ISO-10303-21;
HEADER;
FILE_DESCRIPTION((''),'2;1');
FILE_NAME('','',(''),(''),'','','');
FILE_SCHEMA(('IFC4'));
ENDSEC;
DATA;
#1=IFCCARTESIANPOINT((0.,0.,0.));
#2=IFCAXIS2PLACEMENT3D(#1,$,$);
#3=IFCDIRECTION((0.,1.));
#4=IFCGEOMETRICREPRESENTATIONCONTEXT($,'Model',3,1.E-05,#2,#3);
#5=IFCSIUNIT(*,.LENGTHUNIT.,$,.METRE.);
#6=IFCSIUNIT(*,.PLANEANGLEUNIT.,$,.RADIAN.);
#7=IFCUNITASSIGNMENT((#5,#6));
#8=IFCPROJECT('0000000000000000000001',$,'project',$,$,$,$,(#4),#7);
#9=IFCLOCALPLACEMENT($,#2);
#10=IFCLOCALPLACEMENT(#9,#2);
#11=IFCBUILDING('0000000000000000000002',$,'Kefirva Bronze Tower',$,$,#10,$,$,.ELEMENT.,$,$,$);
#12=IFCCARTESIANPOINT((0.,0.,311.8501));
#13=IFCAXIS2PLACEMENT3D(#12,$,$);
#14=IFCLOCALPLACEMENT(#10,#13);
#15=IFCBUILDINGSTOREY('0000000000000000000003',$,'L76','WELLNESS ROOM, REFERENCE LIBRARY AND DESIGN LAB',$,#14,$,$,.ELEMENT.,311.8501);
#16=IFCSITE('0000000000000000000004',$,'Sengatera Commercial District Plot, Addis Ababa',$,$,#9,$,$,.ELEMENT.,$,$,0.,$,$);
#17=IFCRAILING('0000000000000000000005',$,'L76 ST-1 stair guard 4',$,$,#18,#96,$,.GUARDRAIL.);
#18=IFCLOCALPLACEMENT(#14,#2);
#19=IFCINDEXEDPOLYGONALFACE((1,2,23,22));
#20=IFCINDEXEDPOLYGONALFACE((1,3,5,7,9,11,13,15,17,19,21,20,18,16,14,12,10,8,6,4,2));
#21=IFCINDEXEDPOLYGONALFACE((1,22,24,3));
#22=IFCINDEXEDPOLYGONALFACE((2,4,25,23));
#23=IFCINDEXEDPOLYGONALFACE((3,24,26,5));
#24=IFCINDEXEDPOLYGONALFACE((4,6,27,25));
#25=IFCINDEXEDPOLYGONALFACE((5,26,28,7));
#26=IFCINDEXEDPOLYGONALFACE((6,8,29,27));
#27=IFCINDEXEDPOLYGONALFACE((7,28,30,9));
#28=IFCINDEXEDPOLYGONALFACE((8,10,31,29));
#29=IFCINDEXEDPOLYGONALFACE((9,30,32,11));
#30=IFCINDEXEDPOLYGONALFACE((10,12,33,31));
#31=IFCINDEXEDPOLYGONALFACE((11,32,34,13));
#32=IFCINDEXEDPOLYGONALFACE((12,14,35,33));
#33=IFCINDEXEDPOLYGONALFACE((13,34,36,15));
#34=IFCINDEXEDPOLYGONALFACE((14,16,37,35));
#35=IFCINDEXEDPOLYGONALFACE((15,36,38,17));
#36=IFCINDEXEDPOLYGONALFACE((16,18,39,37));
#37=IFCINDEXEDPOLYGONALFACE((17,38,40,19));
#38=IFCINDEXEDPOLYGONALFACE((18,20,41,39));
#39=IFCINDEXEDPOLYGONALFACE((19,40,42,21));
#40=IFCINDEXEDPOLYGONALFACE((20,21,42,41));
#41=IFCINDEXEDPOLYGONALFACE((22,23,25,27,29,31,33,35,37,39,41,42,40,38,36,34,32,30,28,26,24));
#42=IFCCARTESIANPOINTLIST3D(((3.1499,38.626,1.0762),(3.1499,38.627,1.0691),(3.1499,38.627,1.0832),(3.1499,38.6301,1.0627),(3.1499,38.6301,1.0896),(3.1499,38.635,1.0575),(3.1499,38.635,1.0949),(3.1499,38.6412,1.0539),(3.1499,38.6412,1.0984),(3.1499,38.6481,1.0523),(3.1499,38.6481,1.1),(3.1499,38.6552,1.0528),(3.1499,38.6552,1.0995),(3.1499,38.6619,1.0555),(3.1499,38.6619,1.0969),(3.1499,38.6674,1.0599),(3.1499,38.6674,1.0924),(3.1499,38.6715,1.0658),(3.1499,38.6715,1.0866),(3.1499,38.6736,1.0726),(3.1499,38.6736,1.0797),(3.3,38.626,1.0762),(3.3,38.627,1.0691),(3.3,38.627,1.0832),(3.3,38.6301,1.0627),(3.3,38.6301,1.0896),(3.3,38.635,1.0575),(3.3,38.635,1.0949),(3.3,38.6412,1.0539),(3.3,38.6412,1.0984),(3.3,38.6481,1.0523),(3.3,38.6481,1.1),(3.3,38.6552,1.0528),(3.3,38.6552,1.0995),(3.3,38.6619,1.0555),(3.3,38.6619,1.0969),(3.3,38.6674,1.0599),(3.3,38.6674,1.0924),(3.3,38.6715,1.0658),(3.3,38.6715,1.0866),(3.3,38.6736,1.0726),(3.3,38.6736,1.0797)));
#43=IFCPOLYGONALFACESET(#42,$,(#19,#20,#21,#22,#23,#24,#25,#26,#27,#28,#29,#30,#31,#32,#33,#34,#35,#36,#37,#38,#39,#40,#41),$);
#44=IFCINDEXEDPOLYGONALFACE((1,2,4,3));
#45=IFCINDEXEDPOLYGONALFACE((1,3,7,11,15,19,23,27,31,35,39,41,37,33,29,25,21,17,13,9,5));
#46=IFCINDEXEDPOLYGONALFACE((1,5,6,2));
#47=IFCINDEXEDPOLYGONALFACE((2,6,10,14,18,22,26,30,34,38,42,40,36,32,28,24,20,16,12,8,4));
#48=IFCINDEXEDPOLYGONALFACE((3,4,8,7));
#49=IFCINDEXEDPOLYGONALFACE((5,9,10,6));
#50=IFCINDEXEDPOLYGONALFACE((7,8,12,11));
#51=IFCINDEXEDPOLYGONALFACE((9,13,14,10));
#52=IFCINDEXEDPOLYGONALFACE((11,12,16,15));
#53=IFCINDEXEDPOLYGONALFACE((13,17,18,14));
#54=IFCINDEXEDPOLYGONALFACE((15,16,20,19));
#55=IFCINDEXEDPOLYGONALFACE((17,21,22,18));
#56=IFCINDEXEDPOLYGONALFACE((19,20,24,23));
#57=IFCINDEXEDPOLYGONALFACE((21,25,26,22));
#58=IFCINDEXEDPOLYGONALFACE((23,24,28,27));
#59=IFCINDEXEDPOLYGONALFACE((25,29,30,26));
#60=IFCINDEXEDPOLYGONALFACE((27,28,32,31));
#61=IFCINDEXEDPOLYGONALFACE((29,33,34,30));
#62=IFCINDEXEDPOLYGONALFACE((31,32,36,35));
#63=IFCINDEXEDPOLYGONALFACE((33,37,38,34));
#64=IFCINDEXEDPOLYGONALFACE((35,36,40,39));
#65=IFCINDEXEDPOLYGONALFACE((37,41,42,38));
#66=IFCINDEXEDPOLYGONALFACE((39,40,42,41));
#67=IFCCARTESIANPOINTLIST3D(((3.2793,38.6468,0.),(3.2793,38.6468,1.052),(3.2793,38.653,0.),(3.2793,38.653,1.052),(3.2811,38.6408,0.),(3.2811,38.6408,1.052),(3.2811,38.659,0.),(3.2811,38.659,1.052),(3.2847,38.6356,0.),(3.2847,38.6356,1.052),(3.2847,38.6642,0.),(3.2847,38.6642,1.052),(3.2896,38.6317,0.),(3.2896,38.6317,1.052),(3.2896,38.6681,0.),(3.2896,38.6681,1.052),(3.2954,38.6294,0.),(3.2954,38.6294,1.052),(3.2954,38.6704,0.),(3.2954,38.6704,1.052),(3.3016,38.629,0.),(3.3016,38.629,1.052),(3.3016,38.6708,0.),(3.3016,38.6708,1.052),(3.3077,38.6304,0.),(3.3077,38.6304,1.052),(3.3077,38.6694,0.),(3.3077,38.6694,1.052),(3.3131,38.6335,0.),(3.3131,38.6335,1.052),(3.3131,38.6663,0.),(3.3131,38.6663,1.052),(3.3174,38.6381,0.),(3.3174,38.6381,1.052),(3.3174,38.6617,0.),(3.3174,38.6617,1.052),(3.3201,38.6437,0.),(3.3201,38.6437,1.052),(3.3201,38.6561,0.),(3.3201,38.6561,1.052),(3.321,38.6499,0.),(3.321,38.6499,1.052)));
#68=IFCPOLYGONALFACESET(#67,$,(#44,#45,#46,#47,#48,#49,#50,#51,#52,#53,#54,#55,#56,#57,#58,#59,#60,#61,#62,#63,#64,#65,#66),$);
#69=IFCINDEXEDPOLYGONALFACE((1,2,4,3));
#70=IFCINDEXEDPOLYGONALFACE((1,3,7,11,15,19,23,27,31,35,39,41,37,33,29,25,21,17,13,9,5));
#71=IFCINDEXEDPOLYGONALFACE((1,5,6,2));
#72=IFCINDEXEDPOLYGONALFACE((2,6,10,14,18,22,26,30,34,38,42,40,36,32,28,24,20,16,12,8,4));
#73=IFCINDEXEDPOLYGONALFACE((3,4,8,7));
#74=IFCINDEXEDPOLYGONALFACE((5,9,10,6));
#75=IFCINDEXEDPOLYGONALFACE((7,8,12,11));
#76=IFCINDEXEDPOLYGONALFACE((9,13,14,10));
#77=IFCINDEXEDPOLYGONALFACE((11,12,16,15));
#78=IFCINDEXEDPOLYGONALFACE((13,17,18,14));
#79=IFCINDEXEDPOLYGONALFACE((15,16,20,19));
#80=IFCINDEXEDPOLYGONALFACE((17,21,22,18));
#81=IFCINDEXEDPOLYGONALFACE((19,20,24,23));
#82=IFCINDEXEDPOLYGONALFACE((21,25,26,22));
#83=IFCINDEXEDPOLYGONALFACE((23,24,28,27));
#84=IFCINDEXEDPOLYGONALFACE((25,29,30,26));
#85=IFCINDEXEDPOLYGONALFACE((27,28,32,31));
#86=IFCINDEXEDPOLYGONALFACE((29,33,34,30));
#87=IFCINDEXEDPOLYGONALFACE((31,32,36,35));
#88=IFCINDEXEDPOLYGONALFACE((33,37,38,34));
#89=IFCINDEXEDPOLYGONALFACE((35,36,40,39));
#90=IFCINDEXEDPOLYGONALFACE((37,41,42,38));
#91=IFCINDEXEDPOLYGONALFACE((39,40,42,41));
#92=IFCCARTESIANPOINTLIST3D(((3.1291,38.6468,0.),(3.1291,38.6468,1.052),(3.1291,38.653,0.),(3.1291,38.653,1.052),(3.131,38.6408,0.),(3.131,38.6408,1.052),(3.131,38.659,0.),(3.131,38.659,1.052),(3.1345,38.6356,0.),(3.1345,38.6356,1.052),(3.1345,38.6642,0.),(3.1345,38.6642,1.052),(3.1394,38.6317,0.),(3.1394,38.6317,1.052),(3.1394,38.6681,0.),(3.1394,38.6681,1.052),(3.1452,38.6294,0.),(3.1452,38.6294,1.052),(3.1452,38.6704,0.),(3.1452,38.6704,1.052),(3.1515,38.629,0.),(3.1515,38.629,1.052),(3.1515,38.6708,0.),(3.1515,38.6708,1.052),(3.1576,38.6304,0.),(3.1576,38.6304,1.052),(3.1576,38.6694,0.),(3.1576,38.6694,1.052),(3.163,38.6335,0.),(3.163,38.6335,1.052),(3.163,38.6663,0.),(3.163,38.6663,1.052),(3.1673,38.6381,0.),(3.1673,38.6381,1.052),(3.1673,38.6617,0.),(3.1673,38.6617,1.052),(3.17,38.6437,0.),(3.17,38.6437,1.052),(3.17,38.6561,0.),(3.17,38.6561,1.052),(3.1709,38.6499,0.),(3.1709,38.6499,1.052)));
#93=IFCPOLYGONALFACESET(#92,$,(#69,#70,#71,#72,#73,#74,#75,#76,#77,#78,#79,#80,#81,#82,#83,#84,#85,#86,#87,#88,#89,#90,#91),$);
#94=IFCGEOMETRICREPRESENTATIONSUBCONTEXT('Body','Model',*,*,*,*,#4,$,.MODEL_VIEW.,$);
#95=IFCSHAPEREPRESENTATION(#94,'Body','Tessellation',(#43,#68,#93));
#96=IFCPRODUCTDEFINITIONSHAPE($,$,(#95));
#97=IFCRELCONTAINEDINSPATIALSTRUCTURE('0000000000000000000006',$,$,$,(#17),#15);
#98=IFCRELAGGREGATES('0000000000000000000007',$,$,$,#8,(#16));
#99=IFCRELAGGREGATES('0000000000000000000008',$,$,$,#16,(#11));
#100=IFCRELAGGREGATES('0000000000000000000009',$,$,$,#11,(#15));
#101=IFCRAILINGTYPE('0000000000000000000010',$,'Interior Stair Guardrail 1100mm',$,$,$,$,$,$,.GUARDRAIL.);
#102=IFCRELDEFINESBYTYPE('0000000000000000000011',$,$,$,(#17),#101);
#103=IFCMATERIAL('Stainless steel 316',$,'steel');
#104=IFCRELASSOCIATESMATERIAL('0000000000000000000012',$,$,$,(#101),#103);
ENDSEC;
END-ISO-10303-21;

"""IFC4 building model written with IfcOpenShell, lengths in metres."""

from ifc_helpers import new_model, si_unit, direction, frame, origin, origin_2d, place, context, subcontext, project, spatial, circle, extrude, material, type_object, element, save


model = new_model("IFC4")

# Units and contexts
model_context = context("Model", 3, precision=1e-05, world=origin(), true_north=direction((0.0, 1.0)))
body_context = subcontext(model_context, "Body", "Model", "MODEL_VIEW")
ifc_project = project(units=[si_unit("LENGTHUNIT", "METRE"), si_unit("PLANEANGLEUNIT", "RADIAN")], contexts=[model_context])

# Site, building, storey
site_placement = place(None, origin())
site = spatial("IfcSite", under=ifc_project, at=site_placement, Name="Sengatera Commercial District Plot, Addis Ababa", CompositionType="ELEMENT", RefElevation=0.0)
building_placement = place(site_placement, origin())
building = spatial("IfcBuilding", under=site, at=building_placement, Name="Kefirva Bronze Tower", CompositionType="ELEMENT")
storey_placement = place(building_placement, frame((0.0, 0.0, 311.8501)))
storey = spatial("IfcBuildingStorey", under=building, at=storey_placement, Name="L76", Description="WELLNESS ROOM, REFERENCE LIBRARY AND DESIGN LAB", CompositionType="ELEMENT", Elevation=311.8501)

# Railing
ifc_material_1 = material(Name="Stainless steel 316", Category="steel")
railing_type_1 = type_object("IfcRailingType", Name="Interior Stair Guardrail 1100mm", PredefinedType="GUARDRAIL", material=ifc_material_1)
railing_1_placement = place(storey_placement, frame((3.3, 38.6499, 0.0)))
element("IfcRailing", 1, at=railing_1_placement, inside=storey, type_object=railing_type_1, Name="L76 ST-1 stair guard 4", PredefinedType="GUARDRAIL", context=body_context, shape_type="SweptSolid", body=[
    extrude(circle(Radius=0.0239, at=origin_2d()), frame((0.0, 0.0, 1.0762), z_axis=(-1.0, 0.0, 0.0), x_axis=(0.0, -1.0, 0.0)), (0.0, 0.0, 1.0), 0.1501),
    extrude(circle(Radius=0.021, at=origin_2d()), origin(), (0.0, 0.0, 1.0), 1.052),
    extrude(circle(Radius=0.021, at=origin_2d()), frame((-0.1501, 0.0, 0.0)), (0.0, 0.0, 1.0), 1.052),
])

save(model, "model.ifc")
